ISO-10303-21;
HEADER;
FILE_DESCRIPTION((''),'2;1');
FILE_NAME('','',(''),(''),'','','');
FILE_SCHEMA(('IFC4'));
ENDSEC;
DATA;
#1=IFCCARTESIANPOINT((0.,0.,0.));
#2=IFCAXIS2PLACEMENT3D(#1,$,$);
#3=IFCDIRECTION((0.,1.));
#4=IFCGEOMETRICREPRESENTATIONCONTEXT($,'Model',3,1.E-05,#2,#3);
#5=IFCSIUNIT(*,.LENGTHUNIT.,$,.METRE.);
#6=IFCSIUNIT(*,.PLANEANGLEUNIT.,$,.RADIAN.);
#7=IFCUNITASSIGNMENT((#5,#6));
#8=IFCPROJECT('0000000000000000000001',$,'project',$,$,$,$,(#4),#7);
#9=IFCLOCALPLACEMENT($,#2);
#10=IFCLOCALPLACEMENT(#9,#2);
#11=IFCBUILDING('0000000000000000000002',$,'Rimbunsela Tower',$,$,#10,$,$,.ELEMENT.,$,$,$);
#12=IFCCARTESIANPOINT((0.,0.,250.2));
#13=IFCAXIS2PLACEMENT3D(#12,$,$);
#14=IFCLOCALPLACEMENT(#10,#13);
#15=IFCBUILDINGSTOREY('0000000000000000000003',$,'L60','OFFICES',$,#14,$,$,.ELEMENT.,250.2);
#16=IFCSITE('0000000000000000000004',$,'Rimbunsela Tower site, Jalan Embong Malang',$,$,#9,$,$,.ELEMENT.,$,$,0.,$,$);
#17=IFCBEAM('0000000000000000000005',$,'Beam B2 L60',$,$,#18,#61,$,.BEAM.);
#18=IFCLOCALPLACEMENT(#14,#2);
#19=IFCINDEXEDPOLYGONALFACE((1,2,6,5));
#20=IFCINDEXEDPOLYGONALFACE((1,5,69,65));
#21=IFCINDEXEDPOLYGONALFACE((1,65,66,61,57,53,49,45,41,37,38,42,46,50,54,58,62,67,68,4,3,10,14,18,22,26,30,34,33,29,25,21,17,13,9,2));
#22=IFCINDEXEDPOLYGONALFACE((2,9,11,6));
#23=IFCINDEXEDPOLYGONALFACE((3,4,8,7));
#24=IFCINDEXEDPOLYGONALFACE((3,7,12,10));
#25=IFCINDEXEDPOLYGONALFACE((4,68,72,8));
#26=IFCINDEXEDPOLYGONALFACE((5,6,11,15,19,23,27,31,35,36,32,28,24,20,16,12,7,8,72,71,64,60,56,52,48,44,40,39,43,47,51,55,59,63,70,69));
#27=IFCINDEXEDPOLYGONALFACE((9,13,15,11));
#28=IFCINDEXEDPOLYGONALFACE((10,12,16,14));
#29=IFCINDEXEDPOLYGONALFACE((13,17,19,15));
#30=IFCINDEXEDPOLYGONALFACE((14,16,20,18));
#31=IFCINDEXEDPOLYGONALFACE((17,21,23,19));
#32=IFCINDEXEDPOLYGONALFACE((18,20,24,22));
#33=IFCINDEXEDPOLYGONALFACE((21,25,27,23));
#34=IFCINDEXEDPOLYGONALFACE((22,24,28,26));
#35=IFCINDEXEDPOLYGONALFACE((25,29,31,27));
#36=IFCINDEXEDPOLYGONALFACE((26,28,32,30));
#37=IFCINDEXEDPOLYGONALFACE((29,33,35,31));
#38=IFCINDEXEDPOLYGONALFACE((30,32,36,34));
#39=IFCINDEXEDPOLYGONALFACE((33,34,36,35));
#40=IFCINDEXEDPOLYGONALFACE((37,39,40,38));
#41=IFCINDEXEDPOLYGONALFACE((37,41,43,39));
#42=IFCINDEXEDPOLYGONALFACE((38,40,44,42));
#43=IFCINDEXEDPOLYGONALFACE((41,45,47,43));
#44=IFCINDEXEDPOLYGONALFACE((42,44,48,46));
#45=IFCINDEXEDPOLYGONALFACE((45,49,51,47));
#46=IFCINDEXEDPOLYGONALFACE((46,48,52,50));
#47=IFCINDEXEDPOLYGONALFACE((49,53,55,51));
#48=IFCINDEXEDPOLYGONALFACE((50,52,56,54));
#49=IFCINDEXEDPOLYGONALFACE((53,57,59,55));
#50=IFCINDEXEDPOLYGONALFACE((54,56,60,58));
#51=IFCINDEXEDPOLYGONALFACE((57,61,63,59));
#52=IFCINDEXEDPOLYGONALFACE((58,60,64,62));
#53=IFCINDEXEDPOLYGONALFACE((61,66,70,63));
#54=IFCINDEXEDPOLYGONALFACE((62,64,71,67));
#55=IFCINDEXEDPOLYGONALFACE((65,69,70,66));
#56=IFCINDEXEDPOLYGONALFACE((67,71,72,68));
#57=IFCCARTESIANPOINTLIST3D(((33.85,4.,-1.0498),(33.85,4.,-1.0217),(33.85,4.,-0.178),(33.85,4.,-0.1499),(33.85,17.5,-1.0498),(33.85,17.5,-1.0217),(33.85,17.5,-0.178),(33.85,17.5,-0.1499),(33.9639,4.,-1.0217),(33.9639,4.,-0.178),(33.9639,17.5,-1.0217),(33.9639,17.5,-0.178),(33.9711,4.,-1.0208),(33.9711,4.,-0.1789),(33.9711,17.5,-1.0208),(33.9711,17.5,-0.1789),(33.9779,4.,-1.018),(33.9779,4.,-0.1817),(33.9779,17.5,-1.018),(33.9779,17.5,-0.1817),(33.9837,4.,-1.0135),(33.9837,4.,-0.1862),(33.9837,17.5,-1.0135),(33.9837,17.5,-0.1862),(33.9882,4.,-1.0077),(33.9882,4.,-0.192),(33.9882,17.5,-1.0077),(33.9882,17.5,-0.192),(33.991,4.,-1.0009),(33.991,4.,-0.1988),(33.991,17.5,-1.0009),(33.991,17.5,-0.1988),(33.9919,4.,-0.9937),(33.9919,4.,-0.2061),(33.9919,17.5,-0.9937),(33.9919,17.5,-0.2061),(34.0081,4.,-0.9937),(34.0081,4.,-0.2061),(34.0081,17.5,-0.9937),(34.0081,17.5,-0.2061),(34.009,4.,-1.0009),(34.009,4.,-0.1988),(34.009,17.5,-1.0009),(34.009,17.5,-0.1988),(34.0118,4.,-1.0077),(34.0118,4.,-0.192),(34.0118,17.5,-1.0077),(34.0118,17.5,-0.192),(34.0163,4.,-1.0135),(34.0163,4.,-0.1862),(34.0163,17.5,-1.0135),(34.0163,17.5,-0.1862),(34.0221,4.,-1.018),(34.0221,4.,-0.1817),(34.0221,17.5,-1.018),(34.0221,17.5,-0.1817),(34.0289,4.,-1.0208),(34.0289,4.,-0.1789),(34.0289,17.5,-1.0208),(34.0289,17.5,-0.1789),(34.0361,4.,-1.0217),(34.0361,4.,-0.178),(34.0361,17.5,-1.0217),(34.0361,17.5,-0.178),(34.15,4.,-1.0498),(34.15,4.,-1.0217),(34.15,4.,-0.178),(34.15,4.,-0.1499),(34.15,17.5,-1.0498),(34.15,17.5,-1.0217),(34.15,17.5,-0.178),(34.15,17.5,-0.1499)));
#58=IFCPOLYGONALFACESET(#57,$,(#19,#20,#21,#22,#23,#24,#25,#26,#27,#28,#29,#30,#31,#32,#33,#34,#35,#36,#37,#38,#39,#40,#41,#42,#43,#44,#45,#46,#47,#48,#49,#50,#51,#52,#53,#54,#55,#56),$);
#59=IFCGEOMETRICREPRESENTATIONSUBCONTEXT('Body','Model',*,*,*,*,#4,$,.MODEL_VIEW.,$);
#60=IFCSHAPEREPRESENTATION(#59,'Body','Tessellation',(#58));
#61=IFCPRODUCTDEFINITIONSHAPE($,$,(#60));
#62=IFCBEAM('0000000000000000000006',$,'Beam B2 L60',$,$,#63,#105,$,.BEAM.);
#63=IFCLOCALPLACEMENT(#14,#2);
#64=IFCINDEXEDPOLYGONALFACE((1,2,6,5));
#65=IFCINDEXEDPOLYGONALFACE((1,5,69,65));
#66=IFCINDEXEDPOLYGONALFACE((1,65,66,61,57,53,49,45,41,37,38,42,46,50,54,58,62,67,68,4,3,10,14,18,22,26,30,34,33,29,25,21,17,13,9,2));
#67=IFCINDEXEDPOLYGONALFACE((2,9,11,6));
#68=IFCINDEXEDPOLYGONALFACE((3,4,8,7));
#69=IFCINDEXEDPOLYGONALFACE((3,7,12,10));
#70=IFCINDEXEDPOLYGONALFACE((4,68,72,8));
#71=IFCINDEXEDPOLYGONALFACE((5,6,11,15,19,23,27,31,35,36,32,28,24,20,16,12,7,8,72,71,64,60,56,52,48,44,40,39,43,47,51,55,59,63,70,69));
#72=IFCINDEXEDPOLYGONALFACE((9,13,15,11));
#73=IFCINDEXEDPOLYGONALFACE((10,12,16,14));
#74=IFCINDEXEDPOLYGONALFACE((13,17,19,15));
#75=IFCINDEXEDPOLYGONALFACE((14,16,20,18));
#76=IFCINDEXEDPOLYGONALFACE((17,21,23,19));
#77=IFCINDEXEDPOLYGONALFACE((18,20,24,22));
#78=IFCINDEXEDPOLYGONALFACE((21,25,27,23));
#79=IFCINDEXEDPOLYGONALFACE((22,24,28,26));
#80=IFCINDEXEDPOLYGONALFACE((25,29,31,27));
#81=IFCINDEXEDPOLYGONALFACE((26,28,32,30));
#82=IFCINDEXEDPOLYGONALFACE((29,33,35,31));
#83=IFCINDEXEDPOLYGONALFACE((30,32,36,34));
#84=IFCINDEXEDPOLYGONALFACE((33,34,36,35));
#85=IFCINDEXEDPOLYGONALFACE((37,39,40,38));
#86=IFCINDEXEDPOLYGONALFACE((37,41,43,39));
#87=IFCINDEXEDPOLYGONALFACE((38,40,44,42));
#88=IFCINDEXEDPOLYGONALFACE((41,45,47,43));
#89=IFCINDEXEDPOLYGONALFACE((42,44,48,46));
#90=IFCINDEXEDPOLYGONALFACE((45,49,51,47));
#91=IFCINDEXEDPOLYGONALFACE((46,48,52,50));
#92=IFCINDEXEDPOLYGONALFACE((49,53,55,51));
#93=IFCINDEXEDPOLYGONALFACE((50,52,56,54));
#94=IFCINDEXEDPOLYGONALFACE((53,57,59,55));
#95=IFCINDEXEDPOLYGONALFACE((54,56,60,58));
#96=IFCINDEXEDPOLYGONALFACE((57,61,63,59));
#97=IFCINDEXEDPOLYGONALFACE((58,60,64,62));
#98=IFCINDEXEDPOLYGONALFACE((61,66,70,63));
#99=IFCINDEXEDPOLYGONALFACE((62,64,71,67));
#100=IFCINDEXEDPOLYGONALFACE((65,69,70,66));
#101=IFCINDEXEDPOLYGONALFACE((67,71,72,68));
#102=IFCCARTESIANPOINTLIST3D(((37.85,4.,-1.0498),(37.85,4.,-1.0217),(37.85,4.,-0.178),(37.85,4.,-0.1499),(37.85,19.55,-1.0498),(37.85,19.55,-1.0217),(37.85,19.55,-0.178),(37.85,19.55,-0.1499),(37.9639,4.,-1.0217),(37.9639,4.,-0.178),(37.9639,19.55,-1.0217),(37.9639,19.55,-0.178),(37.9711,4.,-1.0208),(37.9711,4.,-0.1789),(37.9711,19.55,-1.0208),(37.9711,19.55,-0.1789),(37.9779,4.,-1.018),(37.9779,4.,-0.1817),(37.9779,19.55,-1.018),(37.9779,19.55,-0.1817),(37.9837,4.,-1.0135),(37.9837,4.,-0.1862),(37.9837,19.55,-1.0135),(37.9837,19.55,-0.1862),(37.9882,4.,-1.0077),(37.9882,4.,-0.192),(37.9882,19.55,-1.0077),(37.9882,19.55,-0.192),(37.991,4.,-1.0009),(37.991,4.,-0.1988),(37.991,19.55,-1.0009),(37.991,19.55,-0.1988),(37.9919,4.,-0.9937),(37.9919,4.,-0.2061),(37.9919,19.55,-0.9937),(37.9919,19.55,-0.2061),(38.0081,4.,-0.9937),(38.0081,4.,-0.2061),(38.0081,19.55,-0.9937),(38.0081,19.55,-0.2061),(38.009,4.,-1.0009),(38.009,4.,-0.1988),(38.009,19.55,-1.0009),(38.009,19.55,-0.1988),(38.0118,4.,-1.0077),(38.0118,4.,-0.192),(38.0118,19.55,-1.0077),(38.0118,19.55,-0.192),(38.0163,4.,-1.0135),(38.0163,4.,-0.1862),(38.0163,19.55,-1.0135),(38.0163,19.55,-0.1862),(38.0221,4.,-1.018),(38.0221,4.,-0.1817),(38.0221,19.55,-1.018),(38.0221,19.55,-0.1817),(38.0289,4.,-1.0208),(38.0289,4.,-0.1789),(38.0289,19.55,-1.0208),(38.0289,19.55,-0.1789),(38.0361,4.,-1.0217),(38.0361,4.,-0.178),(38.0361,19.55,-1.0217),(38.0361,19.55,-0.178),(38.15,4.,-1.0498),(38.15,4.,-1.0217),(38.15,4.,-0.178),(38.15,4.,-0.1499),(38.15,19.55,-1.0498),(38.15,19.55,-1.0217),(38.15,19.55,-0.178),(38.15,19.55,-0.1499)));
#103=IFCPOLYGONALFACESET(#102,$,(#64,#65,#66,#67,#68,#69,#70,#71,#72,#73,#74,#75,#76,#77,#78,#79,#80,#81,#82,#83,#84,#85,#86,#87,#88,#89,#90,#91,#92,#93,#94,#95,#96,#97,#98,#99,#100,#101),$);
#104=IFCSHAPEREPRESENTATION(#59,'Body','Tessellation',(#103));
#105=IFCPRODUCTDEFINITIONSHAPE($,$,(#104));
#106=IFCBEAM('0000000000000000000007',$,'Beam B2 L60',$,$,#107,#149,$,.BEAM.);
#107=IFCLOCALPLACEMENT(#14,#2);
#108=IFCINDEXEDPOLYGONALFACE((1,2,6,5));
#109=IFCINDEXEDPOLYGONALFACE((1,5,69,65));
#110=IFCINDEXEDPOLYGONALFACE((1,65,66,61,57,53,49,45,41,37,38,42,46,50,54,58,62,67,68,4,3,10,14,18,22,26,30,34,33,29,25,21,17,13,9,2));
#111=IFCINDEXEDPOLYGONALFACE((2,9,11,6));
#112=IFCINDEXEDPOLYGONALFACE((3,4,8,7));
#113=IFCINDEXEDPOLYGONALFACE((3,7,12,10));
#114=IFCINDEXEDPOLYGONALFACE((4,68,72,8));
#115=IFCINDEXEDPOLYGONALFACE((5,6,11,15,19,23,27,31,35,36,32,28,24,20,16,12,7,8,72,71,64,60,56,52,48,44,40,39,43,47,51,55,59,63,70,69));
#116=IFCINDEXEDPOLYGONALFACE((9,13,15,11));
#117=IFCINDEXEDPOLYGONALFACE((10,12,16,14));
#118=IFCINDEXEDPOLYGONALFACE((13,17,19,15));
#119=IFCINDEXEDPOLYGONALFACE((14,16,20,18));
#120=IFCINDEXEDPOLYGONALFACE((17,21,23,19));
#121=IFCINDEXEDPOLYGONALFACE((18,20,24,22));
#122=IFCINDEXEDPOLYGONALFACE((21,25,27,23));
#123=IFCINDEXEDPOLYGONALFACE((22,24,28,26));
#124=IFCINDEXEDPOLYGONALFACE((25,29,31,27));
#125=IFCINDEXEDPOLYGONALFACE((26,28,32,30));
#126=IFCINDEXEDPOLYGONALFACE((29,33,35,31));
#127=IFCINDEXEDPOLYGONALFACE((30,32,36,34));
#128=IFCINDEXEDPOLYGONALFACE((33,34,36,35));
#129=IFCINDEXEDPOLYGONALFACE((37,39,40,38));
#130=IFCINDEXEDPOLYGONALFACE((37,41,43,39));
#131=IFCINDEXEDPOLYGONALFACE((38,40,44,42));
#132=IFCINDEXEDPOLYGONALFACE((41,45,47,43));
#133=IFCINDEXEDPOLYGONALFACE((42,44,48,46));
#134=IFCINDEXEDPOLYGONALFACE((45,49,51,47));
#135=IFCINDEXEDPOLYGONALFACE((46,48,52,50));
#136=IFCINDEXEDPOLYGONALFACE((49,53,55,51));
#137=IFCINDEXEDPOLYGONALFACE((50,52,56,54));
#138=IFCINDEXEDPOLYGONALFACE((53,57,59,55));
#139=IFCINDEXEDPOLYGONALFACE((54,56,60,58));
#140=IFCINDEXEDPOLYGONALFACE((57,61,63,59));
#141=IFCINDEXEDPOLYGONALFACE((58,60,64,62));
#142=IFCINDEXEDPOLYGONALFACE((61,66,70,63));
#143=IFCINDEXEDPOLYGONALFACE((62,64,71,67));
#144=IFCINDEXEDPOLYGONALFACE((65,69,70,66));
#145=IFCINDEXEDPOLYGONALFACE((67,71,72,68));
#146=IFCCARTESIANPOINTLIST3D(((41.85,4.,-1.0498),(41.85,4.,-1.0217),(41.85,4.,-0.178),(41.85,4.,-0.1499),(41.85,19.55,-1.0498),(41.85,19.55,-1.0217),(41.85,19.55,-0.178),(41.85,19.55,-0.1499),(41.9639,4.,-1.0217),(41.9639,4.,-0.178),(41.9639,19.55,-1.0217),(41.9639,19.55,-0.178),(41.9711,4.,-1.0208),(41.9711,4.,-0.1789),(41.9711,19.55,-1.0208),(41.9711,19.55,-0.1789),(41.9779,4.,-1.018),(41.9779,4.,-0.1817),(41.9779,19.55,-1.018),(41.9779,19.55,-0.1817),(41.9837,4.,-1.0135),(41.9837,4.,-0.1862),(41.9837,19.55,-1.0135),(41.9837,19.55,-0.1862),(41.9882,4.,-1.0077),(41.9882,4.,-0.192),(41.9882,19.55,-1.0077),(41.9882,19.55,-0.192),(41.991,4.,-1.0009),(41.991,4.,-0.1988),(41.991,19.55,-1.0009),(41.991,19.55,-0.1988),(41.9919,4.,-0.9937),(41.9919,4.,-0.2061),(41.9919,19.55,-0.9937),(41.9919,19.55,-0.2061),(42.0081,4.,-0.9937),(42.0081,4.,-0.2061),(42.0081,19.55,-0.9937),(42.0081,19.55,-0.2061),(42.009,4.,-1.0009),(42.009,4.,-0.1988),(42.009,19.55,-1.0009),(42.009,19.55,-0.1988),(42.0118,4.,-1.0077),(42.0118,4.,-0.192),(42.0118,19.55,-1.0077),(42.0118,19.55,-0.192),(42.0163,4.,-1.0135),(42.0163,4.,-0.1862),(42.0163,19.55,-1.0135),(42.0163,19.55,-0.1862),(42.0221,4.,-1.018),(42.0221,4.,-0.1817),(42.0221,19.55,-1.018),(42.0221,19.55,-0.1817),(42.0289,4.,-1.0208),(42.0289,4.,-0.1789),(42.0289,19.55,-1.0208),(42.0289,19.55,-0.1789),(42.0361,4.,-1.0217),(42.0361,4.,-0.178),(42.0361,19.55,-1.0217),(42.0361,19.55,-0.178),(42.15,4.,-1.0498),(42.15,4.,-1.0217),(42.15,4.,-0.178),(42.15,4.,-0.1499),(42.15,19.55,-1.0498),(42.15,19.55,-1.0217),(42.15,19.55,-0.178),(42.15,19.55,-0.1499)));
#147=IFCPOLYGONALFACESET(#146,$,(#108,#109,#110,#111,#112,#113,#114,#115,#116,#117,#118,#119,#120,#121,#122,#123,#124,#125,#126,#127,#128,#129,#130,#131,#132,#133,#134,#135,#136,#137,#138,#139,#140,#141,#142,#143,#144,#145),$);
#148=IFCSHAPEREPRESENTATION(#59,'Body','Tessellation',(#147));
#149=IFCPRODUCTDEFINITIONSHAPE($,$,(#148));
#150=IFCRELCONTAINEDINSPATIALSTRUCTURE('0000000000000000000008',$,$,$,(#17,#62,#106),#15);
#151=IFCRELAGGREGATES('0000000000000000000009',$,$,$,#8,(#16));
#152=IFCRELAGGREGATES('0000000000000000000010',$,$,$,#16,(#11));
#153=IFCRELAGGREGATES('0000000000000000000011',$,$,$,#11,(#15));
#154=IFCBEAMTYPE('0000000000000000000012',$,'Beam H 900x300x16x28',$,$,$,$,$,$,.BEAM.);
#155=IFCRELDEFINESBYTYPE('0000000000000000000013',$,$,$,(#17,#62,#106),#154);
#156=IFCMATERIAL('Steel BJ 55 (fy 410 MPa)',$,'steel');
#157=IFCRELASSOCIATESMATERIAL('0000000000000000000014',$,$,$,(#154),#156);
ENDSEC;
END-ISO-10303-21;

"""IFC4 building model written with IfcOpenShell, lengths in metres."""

from ifc_helpers import new_model, si_unit, direction, frame, origin, origin_2d, place, context, subcontext, project, spatial, i_section, extrude, material, material_profile, profile_set, type_object, element, save


model = new_model("IFC4")

# Units and contexts
model_context = context("Model", 3, precision=1e-05, world=origin(), true_north=direction((0.0, 1.0)))
body_context = subcontext(model_context, "Body", "Model", "MODEL_VIEW")
ifc_project = project(units=[si_unit("LENGTHUNIT", "METRE"), si_unit("PLANEANGLEUNIT", "RADIAN")], contexts=[model_context])

# Site, building, storey
site_placement = place(None, origin())
site = spatial("IfcSite", under=ifc_project, at=site_placement, Name="Rimbunsela Tower site, Jalan Embong Malang", CompositionType="ELEMENT", RefElevation=0.0)
building_placement = place(site_placement, origin())
building = spatial("IfcBuilding", under=site, at=building_placement, Name="Rimbunsela Tower", CompositionType="ELEMENT")
storey_placement = place(building_placement, frame((0.0, 0.0, 250.2)))
storey = spatial("IfcBuildingStorey", under=building, at=storey_placement, Name="L60", Description="OFFICES", CompositionType="ELEMENT", Elevation=250.2)

# Beams
ifc_material_1 = material(Name="Steel BJ 55 (fy 410 MPa)", Category="steel")
ifc_material_profile_1 = material_profile(ifc_material_1, i_section(OverallWidth=0.3, OverallDepth=0.8999, WebThickness=0.0161, FlangeThickness=0.0281, FilletRadius=0.0281, at=origin_2d()), Name="H 900x300x16x28")
ifc_profile_set_1 = profile_set([ifc_material_profile_1], Name="Steel BJ 55 (fy 410 MPa)")
beam_type_1 = type_object("IfcBeamType", Name="Beam H 900x300x16x28", PredefinedType="BEAM", material=ifc_profile_set_1)
for number, where, z_axis, x_axis, name in (
    (1, (34.0, 4.0, -0.5999), (0.0, 1.0, 0.0), (-1.0, 0.0, 0.0), "Beam B2 L60"),
):
    element("IfcBeam", number, at=place(storey_placement, frame(where, z_axis=z_axis, x_axis=x_axis)), inside=storey, type_object=beam_type_1, Name=name, PredefinedType="BEAM", context=body_context, shape_type="SweptSolid", body=[
        extrude(i_section(OverallWidth=0.3, OverallDepth=0.8999, WebThickness=0.0161, FlangeThickness=0.0281, FilletRadius=0.0281, at=origin_2d()), origin(), (0.0, 0.0, 1.0), 13.5),
    ])
for number, where, z_axis, x_axis, name in (
    (2, (38.0, 4.0, -0.5999), (0.0, 1.0, 0.0), (-1.0, 0.0, 0.0), "Beam B2 L60"),
    (3, (42.0, 4.0, -0.5999), (0.0, 1.0, 0.0), (-1.0, 0.0, 0.0), "Beam B2 L60"),
):
    element("IfcBeam", number, at=place(storey_placement, frame(where, z_axis=z_axis, x_axis=x_axis)), inside=storey, type_object=beam_type_1, Name=name, PredefinedType="BEAM", context=body_context, shape_type="SweptSolid", body=[
        extrude(i_section(OverallWidth=0.3, OverallDepth=0.8999, WebThickness=0.0161, FlangeThickness=0.0281, FilletRadius=0.0281, at=origin_2d()), origin(), (0.0, 0.0, 1.0), 15.55),
    ])

save(model, "model.ifc")
